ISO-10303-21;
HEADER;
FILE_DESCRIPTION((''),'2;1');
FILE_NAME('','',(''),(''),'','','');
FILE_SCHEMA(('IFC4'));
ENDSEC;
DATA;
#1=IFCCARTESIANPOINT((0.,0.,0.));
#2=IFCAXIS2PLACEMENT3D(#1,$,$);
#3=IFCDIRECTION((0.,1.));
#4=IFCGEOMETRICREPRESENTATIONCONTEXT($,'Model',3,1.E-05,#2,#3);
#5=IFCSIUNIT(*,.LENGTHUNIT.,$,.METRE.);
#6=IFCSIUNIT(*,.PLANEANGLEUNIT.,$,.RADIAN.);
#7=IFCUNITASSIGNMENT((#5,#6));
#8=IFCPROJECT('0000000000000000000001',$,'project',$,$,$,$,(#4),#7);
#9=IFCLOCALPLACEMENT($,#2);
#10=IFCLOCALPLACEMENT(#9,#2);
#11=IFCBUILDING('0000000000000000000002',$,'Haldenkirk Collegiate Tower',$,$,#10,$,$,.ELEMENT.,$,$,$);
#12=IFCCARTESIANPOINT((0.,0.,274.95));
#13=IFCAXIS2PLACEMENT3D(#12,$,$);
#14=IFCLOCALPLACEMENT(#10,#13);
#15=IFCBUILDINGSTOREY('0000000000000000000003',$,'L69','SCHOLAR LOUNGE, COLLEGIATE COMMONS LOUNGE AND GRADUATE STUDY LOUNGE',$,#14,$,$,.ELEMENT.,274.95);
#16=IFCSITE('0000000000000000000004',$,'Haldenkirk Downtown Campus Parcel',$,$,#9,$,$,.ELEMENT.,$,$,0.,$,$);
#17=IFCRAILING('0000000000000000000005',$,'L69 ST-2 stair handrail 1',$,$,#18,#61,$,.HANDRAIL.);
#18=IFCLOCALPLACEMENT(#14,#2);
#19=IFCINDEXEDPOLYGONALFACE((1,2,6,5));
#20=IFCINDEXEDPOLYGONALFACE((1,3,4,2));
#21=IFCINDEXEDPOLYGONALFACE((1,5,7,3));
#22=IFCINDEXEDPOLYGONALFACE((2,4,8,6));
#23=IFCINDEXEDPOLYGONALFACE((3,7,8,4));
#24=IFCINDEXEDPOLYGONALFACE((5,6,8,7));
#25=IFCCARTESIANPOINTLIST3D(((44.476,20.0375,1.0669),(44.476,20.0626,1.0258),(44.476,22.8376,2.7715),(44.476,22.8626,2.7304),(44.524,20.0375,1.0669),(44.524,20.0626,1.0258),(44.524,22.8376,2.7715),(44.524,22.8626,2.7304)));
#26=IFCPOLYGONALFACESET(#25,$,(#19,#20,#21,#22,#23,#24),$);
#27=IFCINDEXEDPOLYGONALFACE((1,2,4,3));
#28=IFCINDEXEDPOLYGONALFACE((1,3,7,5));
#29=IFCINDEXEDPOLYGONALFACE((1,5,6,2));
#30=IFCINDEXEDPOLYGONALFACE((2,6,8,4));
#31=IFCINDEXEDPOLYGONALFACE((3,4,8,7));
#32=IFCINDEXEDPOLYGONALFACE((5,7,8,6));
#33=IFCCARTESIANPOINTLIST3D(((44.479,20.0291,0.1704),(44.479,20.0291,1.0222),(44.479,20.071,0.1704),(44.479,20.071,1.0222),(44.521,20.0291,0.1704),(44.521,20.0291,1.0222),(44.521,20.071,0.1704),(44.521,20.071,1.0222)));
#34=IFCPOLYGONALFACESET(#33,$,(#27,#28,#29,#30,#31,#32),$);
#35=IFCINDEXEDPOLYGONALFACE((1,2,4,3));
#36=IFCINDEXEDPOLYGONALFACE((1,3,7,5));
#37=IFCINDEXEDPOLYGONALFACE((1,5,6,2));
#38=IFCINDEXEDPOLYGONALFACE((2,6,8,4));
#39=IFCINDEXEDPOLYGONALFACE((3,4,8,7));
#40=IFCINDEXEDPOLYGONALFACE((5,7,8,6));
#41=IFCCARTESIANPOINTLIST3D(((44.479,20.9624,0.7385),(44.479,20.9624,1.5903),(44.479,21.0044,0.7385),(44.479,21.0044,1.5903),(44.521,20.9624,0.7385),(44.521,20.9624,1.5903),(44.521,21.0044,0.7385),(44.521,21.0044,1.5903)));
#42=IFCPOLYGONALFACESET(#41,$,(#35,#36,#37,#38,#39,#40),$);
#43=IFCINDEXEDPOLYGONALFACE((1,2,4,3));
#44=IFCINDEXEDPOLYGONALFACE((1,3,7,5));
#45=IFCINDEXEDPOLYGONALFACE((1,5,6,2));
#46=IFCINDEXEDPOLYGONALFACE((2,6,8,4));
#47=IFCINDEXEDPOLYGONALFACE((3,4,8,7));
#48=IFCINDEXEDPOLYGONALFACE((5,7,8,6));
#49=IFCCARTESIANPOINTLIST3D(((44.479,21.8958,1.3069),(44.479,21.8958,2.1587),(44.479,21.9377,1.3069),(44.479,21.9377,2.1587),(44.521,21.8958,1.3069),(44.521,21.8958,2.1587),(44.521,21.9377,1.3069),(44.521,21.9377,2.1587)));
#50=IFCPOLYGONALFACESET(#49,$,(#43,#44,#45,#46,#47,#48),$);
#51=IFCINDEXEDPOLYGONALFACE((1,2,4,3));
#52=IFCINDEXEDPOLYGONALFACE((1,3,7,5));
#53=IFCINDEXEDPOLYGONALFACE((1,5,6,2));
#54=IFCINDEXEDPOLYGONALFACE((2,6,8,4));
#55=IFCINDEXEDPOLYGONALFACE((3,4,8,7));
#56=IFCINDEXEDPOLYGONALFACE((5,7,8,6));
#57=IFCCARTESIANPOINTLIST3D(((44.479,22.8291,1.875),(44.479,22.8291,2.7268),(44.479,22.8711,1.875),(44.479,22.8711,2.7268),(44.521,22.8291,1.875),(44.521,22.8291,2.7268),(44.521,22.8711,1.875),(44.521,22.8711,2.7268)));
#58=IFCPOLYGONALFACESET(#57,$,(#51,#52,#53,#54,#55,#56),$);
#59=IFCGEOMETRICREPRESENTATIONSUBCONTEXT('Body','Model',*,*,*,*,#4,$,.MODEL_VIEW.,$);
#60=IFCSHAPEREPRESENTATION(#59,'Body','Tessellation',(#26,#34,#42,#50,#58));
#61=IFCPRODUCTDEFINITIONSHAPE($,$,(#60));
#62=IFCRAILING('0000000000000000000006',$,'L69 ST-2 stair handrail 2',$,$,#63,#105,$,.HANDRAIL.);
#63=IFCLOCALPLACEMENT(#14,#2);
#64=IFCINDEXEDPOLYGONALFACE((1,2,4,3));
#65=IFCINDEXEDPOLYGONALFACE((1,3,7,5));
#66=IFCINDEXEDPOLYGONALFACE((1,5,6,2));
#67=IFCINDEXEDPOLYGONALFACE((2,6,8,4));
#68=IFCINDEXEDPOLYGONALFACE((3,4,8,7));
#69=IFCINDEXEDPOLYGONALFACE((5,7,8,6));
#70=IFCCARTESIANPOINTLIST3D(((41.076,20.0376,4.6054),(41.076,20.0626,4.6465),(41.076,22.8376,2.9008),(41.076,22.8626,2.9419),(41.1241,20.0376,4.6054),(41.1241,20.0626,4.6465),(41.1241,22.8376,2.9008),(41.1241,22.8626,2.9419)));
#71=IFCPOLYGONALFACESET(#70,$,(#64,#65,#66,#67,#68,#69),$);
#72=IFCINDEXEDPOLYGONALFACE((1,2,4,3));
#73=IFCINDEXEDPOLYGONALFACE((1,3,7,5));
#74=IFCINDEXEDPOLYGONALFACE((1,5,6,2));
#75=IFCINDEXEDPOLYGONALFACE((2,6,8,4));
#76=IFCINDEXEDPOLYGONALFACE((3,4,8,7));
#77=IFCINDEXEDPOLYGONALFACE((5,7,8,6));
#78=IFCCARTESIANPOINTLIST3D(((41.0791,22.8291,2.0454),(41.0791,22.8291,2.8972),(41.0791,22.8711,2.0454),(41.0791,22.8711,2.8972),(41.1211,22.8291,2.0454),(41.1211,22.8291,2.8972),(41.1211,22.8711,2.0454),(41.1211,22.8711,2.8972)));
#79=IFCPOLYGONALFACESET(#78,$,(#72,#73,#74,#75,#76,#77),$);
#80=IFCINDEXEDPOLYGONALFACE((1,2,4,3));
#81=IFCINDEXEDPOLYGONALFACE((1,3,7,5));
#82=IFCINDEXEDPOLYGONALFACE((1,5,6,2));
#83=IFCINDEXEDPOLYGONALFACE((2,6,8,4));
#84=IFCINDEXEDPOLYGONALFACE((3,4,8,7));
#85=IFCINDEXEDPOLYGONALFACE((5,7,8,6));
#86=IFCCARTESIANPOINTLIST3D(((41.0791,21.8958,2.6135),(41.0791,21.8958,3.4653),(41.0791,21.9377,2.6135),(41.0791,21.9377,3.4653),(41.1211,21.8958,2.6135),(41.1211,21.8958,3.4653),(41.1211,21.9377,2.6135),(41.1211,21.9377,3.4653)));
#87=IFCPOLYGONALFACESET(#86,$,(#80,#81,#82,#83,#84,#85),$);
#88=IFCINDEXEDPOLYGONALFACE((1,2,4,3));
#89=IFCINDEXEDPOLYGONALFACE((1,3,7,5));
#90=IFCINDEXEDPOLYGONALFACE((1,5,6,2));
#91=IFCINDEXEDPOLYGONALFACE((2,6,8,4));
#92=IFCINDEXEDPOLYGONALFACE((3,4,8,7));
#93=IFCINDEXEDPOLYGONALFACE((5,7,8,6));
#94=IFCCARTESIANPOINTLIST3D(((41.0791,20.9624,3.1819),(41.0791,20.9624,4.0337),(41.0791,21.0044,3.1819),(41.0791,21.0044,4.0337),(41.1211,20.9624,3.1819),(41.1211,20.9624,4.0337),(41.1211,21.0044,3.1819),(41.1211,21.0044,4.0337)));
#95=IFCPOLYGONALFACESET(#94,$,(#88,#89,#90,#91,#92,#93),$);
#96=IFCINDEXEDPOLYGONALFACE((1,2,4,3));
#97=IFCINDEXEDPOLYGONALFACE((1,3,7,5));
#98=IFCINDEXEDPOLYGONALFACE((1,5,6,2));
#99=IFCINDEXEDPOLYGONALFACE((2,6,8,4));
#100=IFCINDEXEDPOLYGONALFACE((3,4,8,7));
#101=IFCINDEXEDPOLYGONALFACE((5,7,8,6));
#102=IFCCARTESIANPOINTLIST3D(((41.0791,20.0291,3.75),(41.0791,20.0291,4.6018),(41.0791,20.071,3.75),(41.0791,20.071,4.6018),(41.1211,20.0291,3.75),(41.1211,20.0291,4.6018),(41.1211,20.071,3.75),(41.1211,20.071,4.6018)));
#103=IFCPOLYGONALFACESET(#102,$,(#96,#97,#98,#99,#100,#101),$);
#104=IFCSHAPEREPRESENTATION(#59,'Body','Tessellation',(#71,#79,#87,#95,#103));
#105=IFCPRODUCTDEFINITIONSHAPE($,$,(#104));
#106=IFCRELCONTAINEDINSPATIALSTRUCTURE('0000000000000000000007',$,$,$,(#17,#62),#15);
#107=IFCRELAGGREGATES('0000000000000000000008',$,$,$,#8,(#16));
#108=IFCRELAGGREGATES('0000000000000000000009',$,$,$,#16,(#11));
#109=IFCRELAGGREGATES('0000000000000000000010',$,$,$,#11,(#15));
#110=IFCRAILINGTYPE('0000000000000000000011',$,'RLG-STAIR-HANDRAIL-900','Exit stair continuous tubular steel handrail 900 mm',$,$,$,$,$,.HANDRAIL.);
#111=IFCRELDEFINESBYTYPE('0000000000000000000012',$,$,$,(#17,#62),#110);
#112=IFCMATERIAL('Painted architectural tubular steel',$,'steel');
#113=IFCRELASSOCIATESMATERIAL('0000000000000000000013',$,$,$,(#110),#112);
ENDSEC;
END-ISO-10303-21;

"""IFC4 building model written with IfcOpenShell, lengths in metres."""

from ifc_helpers import new_model, si_unit, direction, frame, origin, origin_2d, place, context, subcontext, project, spatial, rectangle, extrude, material, type_object, element, save


model = new_model("IFC4")

# Units and contexts
model_context = context("Model", 3, precision=1e-05, world=origin(), true_north=direction((0.0, 1.0)))
body_context = subcontext(model_context, "Body", "Model", "MODEL_VIEW")
ifc_project = project(units=[si_unit("LENGTHUNIT", "METRE"), si_unit("PLANEANGLEUNIT", "RADIAN")], contexts=[model_context])

# Site, building, storey
site_placement = place(None, origin())
site = spatial("IfcSite", under=ifc_project, at=site_placement, Name="Haldenkirk Downtown Campus Parcel", CompositionType="ELEMENT", RefElevation=0.0)
building_placement = place(site_placement, origin())
building = spatial("IfcBuilding", under=site, at=building_placement, Name="Haldenkirk Collegiate Tower", CompositionType="ELEMENT")
storey_placement = place(building_placement, frame((0.0, 0.0, 274.95)))
storey = spatial("IfcBuildingStorey", under=building, at=storey_placement, Name="L69", Description="SCHOLAR LOUNGE, COLLEGIATE COMMONS LOUNGE AND GRADUATE STUDY LOUNGE", CompositionType="ELEMENT", Elevation=274.95)

# Railings
ifc_material_1 = material(Name="Painted architectural tubular steel", Category="steel")
railing_type_1 = type_object("IfcRailingType", Name="RLG-STAIR-HANDRAIL-900", Description="Exit stair continuous tubular steel handrail 900 mm", PredefinedType="HANDRAIL", material=ifc_material_1)
railing_1_placement = place(storey_placement, frame((44.5, 20.05, 0.1704)))
element("IfcRailing", 1, at=railing_1_placement, inside=storey, type_object=railing_type_1, Name="L69 ST-2 stair handrail 1", PredefinedType="HANDRAIL", context=body_context, shape_type="SweptSolid", body=[
    extrude(rectangle(XDim=0.0481, YDim=0.0481, at=origin_2d()), frame((0.0, 0.0, 0.876), z_axis=(0.0, 0.85417, 0.519994), x_axis=(-1.0, 0.0, 0.0)), (0.0, 0.0, 1.0), 3.2781),
    extrude(rectangle(XDim=0.042, YDim=0.042, at=origin_2d()), origin(), (0.0, 0.0, 1.0), 0.8518),
    extrude(rectangle(XDim=0.042, YDim=0.042, at=origin_2d()), frame((0.0, 0.9333, 0.5681)), (0.0, 0.0, 1.0), 0.8518),
    extrude(rectangle(XDim=0.042, YDim=0.042, at=origin_2d()), frame((0.0, 1.8667, 1.1365)), (0.0, 0.0, 1.0), 0.8518),
    extrude(rectangle(XDim=0.042, YDim=0.042, at=origin_2d()), frame((0.0, 2.8, 1.7046)), (0.0, 0.0, 1.0), 0.8518),
])
railing_2_placement = place(storey_placement, frame((41.1001, 22.8501, 2.0454)))
element("IfcRailing", 2, at=railing_2_placement, inside=storey, type_object=railing_type_1, Name="L69 ST-2 stair handrail 2", PredefinedType="HANDRAIL", context=body_context, shape_type="SweptSolid", body=[
    extrude(rectangle(XDim=0.0481, YDim=0.0481, at=origin_2d()), frame((0.0, 0.0, 0.876), z_axis=(0.0, -0.85417, 0.519994), x_axis=(1.0, 0.0, 0.0)), (0.0, 0.0, 1.0), 3.2781),
    extrude(rectangle(XDim=0.042, YDim=0.042, at=origin_2d()), origin(), (0.0, 0.0, 1.0), 0.8518),
    extrude(rectangle(XDim=0.042, YDim=0.042, at=origin_2d()), frame((0.0, -0.9333, 0.5681)), (0.0, 0.0, 1.0), 0.8518),
    extrude(rectangle(XDim=0.042, YDim=0.042, at=origin_2d()), frame((0.0, -1.8667, 1.1365)), (0.0, 0.0, 1.0), 0.8518),
    extrude(rectangle(XDim=0.042, YDim=0.042, at=origin_2d()), frame((0.0, -2.8, 1.7046)), (0.0, 0.0, 1.0), 0.8518),
])

save(model, "model.ifc")
